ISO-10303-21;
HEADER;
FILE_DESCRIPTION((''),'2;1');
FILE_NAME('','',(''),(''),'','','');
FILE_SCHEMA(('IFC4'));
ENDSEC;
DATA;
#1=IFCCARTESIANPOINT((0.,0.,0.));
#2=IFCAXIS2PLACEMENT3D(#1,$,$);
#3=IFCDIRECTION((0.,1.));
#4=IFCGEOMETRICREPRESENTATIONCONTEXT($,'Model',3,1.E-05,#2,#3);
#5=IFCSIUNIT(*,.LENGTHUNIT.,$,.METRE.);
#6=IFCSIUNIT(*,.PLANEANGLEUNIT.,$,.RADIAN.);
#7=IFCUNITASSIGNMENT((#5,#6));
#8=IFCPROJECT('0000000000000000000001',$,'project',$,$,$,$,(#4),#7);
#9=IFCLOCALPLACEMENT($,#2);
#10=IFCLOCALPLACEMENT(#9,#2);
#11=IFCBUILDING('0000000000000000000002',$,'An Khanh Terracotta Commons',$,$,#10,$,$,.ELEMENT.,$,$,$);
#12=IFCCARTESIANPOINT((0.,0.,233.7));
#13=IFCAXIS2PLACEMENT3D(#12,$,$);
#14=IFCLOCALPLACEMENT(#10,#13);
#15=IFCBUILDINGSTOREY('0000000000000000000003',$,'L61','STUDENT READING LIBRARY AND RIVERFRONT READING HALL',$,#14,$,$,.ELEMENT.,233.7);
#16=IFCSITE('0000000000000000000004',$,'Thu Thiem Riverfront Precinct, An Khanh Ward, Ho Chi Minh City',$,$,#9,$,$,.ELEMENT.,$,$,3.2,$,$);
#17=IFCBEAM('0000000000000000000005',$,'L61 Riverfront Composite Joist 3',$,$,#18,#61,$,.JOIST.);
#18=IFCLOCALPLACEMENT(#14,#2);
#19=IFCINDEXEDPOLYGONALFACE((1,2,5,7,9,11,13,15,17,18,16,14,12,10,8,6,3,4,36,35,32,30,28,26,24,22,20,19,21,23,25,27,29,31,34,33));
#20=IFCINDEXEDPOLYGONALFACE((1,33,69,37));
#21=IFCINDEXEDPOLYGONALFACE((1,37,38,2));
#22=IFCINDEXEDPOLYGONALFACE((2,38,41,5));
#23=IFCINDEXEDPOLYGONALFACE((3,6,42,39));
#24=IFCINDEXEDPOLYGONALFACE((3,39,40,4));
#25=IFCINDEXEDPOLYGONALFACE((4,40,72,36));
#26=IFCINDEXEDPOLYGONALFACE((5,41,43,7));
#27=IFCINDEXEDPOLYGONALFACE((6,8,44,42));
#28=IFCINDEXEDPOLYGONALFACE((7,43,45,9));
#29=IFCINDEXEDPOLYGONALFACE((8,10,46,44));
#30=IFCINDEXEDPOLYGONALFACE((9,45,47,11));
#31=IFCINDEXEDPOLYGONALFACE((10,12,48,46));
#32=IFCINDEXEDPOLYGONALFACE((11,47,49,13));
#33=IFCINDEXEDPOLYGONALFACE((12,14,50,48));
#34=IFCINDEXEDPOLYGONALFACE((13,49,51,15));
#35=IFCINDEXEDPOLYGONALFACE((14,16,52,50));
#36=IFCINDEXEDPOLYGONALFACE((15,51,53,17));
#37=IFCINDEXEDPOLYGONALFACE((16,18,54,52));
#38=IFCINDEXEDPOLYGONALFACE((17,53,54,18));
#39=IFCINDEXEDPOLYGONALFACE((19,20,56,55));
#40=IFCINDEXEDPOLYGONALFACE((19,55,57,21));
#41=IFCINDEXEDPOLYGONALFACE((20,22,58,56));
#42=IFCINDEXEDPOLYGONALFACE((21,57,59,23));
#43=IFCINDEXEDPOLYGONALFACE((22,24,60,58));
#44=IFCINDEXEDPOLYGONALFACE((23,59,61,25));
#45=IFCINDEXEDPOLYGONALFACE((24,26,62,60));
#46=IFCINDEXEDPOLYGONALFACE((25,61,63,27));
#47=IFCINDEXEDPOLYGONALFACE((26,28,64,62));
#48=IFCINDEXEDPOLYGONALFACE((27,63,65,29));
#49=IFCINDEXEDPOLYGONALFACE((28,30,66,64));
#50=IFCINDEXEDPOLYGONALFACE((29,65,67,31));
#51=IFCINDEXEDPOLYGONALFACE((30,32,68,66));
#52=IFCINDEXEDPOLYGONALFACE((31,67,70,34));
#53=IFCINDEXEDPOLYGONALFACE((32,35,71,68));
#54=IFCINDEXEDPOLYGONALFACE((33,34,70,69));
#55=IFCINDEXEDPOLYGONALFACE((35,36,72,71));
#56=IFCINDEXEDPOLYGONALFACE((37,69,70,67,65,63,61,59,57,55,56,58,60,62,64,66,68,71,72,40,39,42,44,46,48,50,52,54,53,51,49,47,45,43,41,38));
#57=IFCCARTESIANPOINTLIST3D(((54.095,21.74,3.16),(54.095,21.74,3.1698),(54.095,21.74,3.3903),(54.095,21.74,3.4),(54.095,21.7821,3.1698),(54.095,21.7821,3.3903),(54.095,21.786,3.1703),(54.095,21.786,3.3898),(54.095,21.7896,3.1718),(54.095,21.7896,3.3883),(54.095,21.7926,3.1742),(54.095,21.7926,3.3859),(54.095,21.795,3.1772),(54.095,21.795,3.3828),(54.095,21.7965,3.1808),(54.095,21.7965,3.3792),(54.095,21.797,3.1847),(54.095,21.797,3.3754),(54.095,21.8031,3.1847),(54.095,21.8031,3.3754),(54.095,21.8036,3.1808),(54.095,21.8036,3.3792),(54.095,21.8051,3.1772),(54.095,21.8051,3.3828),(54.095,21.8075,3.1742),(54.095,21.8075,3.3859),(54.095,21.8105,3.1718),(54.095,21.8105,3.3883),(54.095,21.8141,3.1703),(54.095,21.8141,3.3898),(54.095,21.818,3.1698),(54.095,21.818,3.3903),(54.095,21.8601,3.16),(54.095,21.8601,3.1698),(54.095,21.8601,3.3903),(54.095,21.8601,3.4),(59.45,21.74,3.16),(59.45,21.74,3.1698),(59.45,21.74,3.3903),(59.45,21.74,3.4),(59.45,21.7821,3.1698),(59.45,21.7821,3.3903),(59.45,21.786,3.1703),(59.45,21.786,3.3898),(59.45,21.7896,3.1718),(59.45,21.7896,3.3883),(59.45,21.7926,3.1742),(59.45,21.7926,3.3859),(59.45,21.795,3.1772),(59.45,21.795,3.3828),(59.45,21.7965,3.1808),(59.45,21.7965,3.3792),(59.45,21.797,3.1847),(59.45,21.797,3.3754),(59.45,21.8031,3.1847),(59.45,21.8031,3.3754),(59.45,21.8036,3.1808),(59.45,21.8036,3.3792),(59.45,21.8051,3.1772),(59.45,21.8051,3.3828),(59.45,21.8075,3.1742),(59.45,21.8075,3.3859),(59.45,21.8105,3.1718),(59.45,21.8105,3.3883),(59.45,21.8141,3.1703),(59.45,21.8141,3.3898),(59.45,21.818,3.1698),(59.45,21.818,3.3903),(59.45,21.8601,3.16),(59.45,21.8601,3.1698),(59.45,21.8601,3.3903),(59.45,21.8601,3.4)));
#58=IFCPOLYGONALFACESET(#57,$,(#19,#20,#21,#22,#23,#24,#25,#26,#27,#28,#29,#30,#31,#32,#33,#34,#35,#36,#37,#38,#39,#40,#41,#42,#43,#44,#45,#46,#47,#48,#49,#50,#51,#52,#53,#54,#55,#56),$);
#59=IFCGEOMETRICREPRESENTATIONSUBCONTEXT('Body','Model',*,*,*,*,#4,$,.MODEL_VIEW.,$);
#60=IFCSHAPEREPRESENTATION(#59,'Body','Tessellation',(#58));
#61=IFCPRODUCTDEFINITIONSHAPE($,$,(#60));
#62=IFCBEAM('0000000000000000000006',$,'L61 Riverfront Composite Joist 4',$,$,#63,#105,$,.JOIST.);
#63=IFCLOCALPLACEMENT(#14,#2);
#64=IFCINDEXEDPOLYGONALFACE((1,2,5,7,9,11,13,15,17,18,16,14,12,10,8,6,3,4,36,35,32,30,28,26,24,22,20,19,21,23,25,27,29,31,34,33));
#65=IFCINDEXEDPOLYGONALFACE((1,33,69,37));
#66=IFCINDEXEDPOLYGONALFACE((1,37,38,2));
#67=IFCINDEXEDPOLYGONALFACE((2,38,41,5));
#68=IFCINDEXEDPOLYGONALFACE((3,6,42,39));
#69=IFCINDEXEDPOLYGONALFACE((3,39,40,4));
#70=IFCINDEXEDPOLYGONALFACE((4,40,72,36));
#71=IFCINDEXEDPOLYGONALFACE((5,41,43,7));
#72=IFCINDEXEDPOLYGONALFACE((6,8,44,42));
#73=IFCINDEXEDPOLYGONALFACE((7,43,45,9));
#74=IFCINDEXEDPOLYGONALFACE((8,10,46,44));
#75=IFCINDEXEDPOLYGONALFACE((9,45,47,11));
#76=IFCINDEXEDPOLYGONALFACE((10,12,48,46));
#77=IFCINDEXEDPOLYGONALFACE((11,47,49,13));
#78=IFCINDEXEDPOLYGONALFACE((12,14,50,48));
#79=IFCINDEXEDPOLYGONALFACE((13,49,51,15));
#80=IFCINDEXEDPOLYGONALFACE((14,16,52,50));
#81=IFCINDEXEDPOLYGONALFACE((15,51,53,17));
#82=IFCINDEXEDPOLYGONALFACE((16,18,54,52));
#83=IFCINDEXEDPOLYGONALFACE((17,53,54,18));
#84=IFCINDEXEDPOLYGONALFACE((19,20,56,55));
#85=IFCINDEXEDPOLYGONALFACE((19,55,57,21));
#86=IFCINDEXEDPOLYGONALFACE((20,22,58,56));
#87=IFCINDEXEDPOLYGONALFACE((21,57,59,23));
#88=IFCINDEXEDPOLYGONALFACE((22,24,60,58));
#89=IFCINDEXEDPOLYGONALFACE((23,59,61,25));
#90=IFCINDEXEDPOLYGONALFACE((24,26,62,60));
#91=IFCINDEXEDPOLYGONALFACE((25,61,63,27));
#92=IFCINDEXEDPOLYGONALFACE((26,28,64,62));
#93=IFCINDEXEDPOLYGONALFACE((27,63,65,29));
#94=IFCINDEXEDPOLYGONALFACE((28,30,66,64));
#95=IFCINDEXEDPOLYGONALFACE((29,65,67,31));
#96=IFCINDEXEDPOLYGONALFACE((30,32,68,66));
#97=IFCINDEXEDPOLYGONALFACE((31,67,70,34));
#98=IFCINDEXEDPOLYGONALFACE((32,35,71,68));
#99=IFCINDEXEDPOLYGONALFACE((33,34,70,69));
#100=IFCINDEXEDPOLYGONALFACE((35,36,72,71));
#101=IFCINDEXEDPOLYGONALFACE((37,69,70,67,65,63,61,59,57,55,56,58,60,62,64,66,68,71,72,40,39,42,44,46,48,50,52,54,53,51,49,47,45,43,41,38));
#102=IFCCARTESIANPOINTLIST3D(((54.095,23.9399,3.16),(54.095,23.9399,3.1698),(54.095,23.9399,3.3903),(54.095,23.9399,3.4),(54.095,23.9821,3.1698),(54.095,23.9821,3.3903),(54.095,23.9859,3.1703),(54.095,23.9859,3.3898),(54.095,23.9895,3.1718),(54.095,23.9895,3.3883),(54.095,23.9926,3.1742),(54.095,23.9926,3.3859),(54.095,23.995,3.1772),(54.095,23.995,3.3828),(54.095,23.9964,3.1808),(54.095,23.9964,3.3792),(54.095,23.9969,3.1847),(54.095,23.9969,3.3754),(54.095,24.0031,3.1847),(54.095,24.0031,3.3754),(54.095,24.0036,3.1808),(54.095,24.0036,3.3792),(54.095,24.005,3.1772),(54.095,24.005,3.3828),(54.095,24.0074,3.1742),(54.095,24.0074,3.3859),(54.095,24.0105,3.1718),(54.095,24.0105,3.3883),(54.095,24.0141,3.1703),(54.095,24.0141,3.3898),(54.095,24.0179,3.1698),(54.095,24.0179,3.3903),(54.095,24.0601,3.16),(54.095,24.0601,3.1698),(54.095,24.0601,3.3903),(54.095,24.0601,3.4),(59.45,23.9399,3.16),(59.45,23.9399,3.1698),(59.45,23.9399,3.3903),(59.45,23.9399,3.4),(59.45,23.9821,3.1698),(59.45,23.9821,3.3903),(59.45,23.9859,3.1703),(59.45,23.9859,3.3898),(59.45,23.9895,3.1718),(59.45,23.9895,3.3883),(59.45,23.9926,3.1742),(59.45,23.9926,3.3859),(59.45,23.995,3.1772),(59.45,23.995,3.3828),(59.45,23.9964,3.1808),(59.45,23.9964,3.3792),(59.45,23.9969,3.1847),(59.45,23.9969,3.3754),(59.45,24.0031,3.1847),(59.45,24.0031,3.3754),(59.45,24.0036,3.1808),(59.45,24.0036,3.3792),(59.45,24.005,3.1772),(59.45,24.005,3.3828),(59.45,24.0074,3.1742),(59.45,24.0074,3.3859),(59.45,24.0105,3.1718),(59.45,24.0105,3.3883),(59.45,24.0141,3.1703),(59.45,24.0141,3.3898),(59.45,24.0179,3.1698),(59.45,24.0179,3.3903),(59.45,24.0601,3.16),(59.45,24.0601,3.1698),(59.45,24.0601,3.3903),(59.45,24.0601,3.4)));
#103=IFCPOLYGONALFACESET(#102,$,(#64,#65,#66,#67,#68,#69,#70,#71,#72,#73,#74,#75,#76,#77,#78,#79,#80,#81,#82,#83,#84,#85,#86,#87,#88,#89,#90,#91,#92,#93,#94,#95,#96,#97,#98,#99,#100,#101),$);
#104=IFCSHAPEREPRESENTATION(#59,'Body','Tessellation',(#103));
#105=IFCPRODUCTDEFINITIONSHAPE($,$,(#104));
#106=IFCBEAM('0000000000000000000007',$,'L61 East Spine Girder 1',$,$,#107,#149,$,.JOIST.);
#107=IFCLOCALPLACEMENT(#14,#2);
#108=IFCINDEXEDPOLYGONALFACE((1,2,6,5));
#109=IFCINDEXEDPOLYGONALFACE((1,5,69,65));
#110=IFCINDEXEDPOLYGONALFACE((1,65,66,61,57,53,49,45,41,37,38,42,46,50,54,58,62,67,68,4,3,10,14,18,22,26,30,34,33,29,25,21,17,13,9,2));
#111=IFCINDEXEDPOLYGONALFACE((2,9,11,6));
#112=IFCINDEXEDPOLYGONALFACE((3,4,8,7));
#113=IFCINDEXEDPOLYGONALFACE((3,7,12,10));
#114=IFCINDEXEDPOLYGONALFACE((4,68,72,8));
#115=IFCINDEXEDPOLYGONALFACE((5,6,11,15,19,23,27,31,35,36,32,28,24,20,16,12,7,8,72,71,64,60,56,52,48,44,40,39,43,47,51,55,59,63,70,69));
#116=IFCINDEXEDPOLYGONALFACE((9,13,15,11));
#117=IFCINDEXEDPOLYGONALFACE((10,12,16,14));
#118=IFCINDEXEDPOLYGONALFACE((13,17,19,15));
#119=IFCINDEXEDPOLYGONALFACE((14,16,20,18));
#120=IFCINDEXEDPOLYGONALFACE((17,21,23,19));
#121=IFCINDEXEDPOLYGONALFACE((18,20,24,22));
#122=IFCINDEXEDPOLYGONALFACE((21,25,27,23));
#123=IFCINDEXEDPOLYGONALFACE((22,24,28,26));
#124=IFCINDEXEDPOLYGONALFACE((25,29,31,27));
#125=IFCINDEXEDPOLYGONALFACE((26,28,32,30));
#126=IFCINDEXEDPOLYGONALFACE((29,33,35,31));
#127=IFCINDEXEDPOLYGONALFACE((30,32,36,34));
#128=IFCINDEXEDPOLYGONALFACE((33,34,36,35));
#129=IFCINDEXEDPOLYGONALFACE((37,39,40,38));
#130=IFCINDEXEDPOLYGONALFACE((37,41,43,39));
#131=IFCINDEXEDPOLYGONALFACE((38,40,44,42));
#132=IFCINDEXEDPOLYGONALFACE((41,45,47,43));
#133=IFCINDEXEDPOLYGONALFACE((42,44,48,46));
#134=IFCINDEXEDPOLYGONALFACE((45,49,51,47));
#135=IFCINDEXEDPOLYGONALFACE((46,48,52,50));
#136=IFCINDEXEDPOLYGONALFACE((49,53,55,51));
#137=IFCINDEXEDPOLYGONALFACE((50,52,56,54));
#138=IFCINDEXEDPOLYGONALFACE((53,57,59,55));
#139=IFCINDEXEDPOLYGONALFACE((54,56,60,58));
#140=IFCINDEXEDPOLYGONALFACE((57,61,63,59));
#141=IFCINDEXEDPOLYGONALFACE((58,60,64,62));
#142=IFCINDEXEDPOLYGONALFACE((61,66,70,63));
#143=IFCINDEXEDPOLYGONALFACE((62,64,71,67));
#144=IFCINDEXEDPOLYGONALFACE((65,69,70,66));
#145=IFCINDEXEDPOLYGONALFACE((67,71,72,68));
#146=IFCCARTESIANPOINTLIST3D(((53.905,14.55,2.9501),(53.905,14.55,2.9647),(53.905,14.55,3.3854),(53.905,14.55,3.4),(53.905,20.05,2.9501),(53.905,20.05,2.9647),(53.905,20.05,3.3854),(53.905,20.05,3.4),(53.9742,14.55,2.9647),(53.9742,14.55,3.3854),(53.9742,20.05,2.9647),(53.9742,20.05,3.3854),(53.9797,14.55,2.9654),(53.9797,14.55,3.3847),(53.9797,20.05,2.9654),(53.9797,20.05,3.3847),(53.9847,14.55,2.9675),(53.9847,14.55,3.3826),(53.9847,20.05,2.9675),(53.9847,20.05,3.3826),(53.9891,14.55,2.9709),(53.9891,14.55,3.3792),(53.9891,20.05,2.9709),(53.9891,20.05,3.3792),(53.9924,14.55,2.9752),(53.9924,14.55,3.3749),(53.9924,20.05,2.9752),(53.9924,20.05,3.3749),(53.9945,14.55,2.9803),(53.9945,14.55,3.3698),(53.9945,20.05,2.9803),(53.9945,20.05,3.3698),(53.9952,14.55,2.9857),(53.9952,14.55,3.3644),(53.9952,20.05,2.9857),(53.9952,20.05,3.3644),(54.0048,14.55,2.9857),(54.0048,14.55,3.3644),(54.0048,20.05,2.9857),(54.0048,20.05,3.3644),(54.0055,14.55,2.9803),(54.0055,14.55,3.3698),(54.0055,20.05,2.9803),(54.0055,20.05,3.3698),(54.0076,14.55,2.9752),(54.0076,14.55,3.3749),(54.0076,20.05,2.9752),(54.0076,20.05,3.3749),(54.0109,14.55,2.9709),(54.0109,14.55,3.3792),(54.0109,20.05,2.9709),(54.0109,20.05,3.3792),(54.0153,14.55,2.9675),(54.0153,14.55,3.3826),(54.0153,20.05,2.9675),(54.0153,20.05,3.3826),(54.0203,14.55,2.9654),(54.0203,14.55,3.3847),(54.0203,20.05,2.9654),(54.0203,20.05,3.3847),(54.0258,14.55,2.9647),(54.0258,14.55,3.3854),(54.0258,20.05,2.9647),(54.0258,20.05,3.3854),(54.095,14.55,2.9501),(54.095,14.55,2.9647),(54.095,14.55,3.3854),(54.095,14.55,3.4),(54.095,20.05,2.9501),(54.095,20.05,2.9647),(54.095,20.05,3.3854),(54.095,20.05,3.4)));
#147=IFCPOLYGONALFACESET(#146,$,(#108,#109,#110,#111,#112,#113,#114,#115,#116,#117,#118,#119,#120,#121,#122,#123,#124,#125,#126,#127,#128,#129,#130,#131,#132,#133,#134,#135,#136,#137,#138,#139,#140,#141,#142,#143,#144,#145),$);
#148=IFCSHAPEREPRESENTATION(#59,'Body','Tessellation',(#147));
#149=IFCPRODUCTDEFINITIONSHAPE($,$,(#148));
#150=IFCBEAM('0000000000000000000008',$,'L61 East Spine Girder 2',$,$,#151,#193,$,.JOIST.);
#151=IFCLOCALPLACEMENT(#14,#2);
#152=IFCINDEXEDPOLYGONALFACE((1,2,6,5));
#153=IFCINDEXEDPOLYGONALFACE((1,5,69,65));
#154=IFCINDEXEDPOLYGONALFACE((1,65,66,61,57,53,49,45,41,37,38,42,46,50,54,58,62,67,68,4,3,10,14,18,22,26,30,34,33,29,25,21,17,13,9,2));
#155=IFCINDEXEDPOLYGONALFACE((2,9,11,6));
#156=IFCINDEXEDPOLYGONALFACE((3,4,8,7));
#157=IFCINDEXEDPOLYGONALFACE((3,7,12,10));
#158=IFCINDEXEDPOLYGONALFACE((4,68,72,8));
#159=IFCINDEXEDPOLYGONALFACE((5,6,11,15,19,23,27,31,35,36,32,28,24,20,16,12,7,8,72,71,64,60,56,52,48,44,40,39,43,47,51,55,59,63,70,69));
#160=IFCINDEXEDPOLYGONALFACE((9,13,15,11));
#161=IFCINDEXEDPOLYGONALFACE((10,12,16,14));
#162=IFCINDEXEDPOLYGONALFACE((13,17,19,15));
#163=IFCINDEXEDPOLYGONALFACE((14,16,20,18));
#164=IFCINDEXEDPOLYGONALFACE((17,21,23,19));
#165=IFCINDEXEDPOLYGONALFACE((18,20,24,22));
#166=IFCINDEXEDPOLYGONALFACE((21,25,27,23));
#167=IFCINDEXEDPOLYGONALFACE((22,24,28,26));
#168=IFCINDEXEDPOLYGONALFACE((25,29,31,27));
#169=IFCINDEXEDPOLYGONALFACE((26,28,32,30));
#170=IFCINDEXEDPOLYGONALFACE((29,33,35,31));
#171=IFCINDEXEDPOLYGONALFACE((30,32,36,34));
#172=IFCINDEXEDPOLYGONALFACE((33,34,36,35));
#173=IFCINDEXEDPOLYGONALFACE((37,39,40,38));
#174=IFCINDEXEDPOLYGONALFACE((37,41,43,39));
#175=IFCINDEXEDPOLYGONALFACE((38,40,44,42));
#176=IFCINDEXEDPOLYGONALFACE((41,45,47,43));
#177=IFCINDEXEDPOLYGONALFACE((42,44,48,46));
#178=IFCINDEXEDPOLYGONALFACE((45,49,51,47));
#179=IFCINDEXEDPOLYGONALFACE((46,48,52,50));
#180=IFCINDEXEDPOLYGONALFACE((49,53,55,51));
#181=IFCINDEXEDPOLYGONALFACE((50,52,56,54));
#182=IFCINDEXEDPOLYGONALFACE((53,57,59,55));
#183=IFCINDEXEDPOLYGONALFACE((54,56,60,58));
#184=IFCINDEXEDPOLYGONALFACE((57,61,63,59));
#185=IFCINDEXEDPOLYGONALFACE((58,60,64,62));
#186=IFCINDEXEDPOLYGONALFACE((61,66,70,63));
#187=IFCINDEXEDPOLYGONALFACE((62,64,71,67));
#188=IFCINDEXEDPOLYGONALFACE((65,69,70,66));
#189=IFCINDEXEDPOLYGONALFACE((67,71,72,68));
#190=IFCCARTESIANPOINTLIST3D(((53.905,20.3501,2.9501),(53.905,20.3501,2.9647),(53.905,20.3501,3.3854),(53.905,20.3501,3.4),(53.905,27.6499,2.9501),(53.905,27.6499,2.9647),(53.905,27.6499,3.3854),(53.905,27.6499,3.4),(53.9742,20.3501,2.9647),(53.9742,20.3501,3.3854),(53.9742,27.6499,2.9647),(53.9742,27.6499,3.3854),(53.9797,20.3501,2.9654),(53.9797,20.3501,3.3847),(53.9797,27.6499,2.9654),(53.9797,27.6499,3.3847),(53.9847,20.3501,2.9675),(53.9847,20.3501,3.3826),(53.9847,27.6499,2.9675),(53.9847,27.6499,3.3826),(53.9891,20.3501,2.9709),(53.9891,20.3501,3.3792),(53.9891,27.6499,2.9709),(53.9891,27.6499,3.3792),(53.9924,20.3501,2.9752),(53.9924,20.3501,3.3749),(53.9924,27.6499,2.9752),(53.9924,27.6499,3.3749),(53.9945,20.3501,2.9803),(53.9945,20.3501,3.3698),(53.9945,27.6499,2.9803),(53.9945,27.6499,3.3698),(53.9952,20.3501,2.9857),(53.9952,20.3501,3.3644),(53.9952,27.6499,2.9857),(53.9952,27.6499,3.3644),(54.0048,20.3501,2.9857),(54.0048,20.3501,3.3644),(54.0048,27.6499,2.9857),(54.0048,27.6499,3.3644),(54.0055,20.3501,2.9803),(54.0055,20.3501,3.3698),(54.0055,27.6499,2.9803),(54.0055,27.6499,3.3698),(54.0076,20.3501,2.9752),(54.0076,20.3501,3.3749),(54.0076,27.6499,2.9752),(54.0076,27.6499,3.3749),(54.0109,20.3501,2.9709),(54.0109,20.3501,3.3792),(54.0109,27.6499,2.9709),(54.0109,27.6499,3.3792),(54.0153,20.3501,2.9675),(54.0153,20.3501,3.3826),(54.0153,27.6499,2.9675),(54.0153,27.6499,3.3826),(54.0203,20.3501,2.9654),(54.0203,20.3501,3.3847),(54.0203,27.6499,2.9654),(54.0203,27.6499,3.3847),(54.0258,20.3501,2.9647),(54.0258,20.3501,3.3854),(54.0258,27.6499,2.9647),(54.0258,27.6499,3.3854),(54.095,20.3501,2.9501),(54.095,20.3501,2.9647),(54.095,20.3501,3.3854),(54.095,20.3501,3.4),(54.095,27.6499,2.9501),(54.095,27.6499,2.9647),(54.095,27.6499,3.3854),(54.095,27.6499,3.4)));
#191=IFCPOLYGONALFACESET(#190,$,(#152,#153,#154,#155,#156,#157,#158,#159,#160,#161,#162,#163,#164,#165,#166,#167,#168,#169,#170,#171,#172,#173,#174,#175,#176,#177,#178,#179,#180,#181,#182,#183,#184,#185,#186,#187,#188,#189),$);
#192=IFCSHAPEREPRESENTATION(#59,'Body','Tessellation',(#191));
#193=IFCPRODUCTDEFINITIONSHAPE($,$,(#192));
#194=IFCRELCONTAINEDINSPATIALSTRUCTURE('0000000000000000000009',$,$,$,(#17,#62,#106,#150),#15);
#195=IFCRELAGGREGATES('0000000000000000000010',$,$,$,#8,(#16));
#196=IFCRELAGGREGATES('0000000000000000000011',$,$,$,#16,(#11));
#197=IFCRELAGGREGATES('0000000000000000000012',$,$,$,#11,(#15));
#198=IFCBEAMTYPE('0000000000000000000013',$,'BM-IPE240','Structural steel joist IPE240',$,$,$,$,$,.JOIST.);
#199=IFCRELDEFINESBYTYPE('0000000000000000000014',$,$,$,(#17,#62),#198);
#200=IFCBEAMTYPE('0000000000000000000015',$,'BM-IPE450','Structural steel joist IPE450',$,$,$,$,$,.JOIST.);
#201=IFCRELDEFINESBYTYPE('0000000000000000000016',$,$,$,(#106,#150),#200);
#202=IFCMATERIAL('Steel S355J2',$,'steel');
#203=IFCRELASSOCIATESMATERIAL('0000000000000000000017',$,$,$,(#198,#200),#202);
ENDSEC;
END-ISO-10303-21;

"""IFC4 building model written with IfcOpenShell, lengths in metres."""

from ifc_helpers import new_model, si_unit, direction, frame, origin, origin_2d, place, context, subcontext, project, spatial, i_section, extrude, material, material_profile, profile_set, type_object, element, save


model = new_model("IFC4")

# Units and contexts
model_context = context("Model", 3, precision=1e-05, world=origin(), true_north=direction((0.0, 1.0)))
body_context = subcontext(model_context, "Body", "Model", "MODEL_VIEW")
ifc_project = project(units=[si_unit("LENGTHUNIT", "METRE"), si_unit("PLANEANGLEUNIT", "RADIAN")], contexts=[model_context])

# Site, building, storey
site_placement = place(None, origin())
site = spatial("IfcSite", under=ifc_project, at=site_placement, Name="Thu Thiem Riverfront Precinct, An Khanh Ward, Ho Chi Minh City", CompositionType="ELEMENT", RefElevation=3.2)
building_placement = place(site_placement, origin())
building = spatial("IfcBuilding", under=site, at=building_placement, Name="An Khanh Terracotta Commons", CompositionType="ELEMENT")
storey_placement = place(building_placement, frame((0.0, 0.0, 233.7)))
storey = spatial("IfcBuildingStorey", under=building, at=storey_placement, Name="L61", Description="STUDENT READING LIBRARY AND RIVERFRONT READING HALL", CompositionType="ELEMENT", Elevation=233.7)

# Beams
ifc_material_1 = material(Name="Steel S355J2", Category="steel")
ifc_material_profile_1 = material_profile(ifc_material_1, i_section(OverallWidth=0.1201, OverallDepth=0.24, WebThickness=0.0061, FlangeThickness=0.0098, FilletRadius=0.0149, at=origin_2d()), Name="IPE240")
ifc_profile_set_1 = profile_set([ifc_material_profile_1], Name="Steel S355J2")
beam_type_1 = type_object("IfcBeamType", Name="BM-IPE240", Description="Structural steel joist IPE240", PredefinedType="JOIST", material=ifc_profile_set_1)
for number, where, z_axis, x_axis, name in (
    (1, (54.095, 21.8, 3.28), (1.0, 0.0, 0.0), (0.0, 1.0, 0.0), "L61 Riverfront Composite Joist 3"),
    (2, (54.095, 24.0, 3.28), (1.0, 0.0, 0.0), (0.0, 1.0, 0.0), "L61 Riverfront Composite Joist 4"),
):
    element("IfcBeam", number, at=place(storey_placement, frame(where, z_axis=z_axis, x_axis=x_axis)), inside=storey, type_object=beam_type_1, Name=name, PredefinedType="JOIST", context=body_context, shape_type="SweptSolid", body=[
        extrude(i_section(OverallWidth=0.1201, OverallDepth=0.24, WebThickness=0.0061, FlangeThickness=0.0098, FilletRadius=0.0149, at=origin_2d()), origin(), (0.0, 0.0, 1.0), 5.355),
    ])
ifc_material_profile_2 = material_profile(ifc_material_1, i_section(OverallWidth=0.1899, OverallDepth=0.45, WebThickness=0.0095, FlangeThickness=0.0146, FilletRadius=0.021, at=origin_2d()), Name="IPE450")
ifc_profile_set_2 = profile_set([ifc_material_profile_2], Name="Steel S355J2")
beam_type_2 = type_object("IfcBeamType", Name="BM-IPE450", Description="Structural steel joist IPE450", PredefinedType="JOIST", material=ifc_profile_set_2)
beam_1_placement = place(storey_placement, frame((54.0, 14.55, 3.175), z_axis=(0.0, 1.0, 0.0), x_axis=(-1.0, 0.0, 0.0)))
element("IfcBeam", 3, at=beam_1_placement, inside=storey, type_object=beam_type_2, Name="L61 East Spine Girder 1", PredefinedType="JOIST", context=body_context, shape_type="SweptSolid", body=[
    extrude(i_section(OverallWidth=0.1899, OverallDepth=0.45, WebThickness=0.0095, FlangeThickness=0.0146, FilletRadius=0.021, at=origin_2d()), origin(), (0.0, 0.0, 1.0), 5.5),
])
beam_2_placement = place(storey_placement, frame((54.0, 20.3501, 3.175), z_axis=(0.0, 1.0, 0.0), x_axis=(-1.0, 0.0, 0.0)))
element("IfcBeam", 4, at=beam_2_placement, inside=storey, type_object=beam_type_2, Name="L61 East Spine Girder 2", PredefinedType="JOIST", context=body_context, shape_type="SweptSolid", body=[
    extrude(i_section(OverallWidth=0.1899, OverallDepth=0.45, WebThickness=0.0095, FlangeThickness=0.0146, FilletRadius=0.021, at=origin_2d()), origin(), (0.0, 0.0, 1.0), 7.2998),
])

save(model, "model.ifc")
